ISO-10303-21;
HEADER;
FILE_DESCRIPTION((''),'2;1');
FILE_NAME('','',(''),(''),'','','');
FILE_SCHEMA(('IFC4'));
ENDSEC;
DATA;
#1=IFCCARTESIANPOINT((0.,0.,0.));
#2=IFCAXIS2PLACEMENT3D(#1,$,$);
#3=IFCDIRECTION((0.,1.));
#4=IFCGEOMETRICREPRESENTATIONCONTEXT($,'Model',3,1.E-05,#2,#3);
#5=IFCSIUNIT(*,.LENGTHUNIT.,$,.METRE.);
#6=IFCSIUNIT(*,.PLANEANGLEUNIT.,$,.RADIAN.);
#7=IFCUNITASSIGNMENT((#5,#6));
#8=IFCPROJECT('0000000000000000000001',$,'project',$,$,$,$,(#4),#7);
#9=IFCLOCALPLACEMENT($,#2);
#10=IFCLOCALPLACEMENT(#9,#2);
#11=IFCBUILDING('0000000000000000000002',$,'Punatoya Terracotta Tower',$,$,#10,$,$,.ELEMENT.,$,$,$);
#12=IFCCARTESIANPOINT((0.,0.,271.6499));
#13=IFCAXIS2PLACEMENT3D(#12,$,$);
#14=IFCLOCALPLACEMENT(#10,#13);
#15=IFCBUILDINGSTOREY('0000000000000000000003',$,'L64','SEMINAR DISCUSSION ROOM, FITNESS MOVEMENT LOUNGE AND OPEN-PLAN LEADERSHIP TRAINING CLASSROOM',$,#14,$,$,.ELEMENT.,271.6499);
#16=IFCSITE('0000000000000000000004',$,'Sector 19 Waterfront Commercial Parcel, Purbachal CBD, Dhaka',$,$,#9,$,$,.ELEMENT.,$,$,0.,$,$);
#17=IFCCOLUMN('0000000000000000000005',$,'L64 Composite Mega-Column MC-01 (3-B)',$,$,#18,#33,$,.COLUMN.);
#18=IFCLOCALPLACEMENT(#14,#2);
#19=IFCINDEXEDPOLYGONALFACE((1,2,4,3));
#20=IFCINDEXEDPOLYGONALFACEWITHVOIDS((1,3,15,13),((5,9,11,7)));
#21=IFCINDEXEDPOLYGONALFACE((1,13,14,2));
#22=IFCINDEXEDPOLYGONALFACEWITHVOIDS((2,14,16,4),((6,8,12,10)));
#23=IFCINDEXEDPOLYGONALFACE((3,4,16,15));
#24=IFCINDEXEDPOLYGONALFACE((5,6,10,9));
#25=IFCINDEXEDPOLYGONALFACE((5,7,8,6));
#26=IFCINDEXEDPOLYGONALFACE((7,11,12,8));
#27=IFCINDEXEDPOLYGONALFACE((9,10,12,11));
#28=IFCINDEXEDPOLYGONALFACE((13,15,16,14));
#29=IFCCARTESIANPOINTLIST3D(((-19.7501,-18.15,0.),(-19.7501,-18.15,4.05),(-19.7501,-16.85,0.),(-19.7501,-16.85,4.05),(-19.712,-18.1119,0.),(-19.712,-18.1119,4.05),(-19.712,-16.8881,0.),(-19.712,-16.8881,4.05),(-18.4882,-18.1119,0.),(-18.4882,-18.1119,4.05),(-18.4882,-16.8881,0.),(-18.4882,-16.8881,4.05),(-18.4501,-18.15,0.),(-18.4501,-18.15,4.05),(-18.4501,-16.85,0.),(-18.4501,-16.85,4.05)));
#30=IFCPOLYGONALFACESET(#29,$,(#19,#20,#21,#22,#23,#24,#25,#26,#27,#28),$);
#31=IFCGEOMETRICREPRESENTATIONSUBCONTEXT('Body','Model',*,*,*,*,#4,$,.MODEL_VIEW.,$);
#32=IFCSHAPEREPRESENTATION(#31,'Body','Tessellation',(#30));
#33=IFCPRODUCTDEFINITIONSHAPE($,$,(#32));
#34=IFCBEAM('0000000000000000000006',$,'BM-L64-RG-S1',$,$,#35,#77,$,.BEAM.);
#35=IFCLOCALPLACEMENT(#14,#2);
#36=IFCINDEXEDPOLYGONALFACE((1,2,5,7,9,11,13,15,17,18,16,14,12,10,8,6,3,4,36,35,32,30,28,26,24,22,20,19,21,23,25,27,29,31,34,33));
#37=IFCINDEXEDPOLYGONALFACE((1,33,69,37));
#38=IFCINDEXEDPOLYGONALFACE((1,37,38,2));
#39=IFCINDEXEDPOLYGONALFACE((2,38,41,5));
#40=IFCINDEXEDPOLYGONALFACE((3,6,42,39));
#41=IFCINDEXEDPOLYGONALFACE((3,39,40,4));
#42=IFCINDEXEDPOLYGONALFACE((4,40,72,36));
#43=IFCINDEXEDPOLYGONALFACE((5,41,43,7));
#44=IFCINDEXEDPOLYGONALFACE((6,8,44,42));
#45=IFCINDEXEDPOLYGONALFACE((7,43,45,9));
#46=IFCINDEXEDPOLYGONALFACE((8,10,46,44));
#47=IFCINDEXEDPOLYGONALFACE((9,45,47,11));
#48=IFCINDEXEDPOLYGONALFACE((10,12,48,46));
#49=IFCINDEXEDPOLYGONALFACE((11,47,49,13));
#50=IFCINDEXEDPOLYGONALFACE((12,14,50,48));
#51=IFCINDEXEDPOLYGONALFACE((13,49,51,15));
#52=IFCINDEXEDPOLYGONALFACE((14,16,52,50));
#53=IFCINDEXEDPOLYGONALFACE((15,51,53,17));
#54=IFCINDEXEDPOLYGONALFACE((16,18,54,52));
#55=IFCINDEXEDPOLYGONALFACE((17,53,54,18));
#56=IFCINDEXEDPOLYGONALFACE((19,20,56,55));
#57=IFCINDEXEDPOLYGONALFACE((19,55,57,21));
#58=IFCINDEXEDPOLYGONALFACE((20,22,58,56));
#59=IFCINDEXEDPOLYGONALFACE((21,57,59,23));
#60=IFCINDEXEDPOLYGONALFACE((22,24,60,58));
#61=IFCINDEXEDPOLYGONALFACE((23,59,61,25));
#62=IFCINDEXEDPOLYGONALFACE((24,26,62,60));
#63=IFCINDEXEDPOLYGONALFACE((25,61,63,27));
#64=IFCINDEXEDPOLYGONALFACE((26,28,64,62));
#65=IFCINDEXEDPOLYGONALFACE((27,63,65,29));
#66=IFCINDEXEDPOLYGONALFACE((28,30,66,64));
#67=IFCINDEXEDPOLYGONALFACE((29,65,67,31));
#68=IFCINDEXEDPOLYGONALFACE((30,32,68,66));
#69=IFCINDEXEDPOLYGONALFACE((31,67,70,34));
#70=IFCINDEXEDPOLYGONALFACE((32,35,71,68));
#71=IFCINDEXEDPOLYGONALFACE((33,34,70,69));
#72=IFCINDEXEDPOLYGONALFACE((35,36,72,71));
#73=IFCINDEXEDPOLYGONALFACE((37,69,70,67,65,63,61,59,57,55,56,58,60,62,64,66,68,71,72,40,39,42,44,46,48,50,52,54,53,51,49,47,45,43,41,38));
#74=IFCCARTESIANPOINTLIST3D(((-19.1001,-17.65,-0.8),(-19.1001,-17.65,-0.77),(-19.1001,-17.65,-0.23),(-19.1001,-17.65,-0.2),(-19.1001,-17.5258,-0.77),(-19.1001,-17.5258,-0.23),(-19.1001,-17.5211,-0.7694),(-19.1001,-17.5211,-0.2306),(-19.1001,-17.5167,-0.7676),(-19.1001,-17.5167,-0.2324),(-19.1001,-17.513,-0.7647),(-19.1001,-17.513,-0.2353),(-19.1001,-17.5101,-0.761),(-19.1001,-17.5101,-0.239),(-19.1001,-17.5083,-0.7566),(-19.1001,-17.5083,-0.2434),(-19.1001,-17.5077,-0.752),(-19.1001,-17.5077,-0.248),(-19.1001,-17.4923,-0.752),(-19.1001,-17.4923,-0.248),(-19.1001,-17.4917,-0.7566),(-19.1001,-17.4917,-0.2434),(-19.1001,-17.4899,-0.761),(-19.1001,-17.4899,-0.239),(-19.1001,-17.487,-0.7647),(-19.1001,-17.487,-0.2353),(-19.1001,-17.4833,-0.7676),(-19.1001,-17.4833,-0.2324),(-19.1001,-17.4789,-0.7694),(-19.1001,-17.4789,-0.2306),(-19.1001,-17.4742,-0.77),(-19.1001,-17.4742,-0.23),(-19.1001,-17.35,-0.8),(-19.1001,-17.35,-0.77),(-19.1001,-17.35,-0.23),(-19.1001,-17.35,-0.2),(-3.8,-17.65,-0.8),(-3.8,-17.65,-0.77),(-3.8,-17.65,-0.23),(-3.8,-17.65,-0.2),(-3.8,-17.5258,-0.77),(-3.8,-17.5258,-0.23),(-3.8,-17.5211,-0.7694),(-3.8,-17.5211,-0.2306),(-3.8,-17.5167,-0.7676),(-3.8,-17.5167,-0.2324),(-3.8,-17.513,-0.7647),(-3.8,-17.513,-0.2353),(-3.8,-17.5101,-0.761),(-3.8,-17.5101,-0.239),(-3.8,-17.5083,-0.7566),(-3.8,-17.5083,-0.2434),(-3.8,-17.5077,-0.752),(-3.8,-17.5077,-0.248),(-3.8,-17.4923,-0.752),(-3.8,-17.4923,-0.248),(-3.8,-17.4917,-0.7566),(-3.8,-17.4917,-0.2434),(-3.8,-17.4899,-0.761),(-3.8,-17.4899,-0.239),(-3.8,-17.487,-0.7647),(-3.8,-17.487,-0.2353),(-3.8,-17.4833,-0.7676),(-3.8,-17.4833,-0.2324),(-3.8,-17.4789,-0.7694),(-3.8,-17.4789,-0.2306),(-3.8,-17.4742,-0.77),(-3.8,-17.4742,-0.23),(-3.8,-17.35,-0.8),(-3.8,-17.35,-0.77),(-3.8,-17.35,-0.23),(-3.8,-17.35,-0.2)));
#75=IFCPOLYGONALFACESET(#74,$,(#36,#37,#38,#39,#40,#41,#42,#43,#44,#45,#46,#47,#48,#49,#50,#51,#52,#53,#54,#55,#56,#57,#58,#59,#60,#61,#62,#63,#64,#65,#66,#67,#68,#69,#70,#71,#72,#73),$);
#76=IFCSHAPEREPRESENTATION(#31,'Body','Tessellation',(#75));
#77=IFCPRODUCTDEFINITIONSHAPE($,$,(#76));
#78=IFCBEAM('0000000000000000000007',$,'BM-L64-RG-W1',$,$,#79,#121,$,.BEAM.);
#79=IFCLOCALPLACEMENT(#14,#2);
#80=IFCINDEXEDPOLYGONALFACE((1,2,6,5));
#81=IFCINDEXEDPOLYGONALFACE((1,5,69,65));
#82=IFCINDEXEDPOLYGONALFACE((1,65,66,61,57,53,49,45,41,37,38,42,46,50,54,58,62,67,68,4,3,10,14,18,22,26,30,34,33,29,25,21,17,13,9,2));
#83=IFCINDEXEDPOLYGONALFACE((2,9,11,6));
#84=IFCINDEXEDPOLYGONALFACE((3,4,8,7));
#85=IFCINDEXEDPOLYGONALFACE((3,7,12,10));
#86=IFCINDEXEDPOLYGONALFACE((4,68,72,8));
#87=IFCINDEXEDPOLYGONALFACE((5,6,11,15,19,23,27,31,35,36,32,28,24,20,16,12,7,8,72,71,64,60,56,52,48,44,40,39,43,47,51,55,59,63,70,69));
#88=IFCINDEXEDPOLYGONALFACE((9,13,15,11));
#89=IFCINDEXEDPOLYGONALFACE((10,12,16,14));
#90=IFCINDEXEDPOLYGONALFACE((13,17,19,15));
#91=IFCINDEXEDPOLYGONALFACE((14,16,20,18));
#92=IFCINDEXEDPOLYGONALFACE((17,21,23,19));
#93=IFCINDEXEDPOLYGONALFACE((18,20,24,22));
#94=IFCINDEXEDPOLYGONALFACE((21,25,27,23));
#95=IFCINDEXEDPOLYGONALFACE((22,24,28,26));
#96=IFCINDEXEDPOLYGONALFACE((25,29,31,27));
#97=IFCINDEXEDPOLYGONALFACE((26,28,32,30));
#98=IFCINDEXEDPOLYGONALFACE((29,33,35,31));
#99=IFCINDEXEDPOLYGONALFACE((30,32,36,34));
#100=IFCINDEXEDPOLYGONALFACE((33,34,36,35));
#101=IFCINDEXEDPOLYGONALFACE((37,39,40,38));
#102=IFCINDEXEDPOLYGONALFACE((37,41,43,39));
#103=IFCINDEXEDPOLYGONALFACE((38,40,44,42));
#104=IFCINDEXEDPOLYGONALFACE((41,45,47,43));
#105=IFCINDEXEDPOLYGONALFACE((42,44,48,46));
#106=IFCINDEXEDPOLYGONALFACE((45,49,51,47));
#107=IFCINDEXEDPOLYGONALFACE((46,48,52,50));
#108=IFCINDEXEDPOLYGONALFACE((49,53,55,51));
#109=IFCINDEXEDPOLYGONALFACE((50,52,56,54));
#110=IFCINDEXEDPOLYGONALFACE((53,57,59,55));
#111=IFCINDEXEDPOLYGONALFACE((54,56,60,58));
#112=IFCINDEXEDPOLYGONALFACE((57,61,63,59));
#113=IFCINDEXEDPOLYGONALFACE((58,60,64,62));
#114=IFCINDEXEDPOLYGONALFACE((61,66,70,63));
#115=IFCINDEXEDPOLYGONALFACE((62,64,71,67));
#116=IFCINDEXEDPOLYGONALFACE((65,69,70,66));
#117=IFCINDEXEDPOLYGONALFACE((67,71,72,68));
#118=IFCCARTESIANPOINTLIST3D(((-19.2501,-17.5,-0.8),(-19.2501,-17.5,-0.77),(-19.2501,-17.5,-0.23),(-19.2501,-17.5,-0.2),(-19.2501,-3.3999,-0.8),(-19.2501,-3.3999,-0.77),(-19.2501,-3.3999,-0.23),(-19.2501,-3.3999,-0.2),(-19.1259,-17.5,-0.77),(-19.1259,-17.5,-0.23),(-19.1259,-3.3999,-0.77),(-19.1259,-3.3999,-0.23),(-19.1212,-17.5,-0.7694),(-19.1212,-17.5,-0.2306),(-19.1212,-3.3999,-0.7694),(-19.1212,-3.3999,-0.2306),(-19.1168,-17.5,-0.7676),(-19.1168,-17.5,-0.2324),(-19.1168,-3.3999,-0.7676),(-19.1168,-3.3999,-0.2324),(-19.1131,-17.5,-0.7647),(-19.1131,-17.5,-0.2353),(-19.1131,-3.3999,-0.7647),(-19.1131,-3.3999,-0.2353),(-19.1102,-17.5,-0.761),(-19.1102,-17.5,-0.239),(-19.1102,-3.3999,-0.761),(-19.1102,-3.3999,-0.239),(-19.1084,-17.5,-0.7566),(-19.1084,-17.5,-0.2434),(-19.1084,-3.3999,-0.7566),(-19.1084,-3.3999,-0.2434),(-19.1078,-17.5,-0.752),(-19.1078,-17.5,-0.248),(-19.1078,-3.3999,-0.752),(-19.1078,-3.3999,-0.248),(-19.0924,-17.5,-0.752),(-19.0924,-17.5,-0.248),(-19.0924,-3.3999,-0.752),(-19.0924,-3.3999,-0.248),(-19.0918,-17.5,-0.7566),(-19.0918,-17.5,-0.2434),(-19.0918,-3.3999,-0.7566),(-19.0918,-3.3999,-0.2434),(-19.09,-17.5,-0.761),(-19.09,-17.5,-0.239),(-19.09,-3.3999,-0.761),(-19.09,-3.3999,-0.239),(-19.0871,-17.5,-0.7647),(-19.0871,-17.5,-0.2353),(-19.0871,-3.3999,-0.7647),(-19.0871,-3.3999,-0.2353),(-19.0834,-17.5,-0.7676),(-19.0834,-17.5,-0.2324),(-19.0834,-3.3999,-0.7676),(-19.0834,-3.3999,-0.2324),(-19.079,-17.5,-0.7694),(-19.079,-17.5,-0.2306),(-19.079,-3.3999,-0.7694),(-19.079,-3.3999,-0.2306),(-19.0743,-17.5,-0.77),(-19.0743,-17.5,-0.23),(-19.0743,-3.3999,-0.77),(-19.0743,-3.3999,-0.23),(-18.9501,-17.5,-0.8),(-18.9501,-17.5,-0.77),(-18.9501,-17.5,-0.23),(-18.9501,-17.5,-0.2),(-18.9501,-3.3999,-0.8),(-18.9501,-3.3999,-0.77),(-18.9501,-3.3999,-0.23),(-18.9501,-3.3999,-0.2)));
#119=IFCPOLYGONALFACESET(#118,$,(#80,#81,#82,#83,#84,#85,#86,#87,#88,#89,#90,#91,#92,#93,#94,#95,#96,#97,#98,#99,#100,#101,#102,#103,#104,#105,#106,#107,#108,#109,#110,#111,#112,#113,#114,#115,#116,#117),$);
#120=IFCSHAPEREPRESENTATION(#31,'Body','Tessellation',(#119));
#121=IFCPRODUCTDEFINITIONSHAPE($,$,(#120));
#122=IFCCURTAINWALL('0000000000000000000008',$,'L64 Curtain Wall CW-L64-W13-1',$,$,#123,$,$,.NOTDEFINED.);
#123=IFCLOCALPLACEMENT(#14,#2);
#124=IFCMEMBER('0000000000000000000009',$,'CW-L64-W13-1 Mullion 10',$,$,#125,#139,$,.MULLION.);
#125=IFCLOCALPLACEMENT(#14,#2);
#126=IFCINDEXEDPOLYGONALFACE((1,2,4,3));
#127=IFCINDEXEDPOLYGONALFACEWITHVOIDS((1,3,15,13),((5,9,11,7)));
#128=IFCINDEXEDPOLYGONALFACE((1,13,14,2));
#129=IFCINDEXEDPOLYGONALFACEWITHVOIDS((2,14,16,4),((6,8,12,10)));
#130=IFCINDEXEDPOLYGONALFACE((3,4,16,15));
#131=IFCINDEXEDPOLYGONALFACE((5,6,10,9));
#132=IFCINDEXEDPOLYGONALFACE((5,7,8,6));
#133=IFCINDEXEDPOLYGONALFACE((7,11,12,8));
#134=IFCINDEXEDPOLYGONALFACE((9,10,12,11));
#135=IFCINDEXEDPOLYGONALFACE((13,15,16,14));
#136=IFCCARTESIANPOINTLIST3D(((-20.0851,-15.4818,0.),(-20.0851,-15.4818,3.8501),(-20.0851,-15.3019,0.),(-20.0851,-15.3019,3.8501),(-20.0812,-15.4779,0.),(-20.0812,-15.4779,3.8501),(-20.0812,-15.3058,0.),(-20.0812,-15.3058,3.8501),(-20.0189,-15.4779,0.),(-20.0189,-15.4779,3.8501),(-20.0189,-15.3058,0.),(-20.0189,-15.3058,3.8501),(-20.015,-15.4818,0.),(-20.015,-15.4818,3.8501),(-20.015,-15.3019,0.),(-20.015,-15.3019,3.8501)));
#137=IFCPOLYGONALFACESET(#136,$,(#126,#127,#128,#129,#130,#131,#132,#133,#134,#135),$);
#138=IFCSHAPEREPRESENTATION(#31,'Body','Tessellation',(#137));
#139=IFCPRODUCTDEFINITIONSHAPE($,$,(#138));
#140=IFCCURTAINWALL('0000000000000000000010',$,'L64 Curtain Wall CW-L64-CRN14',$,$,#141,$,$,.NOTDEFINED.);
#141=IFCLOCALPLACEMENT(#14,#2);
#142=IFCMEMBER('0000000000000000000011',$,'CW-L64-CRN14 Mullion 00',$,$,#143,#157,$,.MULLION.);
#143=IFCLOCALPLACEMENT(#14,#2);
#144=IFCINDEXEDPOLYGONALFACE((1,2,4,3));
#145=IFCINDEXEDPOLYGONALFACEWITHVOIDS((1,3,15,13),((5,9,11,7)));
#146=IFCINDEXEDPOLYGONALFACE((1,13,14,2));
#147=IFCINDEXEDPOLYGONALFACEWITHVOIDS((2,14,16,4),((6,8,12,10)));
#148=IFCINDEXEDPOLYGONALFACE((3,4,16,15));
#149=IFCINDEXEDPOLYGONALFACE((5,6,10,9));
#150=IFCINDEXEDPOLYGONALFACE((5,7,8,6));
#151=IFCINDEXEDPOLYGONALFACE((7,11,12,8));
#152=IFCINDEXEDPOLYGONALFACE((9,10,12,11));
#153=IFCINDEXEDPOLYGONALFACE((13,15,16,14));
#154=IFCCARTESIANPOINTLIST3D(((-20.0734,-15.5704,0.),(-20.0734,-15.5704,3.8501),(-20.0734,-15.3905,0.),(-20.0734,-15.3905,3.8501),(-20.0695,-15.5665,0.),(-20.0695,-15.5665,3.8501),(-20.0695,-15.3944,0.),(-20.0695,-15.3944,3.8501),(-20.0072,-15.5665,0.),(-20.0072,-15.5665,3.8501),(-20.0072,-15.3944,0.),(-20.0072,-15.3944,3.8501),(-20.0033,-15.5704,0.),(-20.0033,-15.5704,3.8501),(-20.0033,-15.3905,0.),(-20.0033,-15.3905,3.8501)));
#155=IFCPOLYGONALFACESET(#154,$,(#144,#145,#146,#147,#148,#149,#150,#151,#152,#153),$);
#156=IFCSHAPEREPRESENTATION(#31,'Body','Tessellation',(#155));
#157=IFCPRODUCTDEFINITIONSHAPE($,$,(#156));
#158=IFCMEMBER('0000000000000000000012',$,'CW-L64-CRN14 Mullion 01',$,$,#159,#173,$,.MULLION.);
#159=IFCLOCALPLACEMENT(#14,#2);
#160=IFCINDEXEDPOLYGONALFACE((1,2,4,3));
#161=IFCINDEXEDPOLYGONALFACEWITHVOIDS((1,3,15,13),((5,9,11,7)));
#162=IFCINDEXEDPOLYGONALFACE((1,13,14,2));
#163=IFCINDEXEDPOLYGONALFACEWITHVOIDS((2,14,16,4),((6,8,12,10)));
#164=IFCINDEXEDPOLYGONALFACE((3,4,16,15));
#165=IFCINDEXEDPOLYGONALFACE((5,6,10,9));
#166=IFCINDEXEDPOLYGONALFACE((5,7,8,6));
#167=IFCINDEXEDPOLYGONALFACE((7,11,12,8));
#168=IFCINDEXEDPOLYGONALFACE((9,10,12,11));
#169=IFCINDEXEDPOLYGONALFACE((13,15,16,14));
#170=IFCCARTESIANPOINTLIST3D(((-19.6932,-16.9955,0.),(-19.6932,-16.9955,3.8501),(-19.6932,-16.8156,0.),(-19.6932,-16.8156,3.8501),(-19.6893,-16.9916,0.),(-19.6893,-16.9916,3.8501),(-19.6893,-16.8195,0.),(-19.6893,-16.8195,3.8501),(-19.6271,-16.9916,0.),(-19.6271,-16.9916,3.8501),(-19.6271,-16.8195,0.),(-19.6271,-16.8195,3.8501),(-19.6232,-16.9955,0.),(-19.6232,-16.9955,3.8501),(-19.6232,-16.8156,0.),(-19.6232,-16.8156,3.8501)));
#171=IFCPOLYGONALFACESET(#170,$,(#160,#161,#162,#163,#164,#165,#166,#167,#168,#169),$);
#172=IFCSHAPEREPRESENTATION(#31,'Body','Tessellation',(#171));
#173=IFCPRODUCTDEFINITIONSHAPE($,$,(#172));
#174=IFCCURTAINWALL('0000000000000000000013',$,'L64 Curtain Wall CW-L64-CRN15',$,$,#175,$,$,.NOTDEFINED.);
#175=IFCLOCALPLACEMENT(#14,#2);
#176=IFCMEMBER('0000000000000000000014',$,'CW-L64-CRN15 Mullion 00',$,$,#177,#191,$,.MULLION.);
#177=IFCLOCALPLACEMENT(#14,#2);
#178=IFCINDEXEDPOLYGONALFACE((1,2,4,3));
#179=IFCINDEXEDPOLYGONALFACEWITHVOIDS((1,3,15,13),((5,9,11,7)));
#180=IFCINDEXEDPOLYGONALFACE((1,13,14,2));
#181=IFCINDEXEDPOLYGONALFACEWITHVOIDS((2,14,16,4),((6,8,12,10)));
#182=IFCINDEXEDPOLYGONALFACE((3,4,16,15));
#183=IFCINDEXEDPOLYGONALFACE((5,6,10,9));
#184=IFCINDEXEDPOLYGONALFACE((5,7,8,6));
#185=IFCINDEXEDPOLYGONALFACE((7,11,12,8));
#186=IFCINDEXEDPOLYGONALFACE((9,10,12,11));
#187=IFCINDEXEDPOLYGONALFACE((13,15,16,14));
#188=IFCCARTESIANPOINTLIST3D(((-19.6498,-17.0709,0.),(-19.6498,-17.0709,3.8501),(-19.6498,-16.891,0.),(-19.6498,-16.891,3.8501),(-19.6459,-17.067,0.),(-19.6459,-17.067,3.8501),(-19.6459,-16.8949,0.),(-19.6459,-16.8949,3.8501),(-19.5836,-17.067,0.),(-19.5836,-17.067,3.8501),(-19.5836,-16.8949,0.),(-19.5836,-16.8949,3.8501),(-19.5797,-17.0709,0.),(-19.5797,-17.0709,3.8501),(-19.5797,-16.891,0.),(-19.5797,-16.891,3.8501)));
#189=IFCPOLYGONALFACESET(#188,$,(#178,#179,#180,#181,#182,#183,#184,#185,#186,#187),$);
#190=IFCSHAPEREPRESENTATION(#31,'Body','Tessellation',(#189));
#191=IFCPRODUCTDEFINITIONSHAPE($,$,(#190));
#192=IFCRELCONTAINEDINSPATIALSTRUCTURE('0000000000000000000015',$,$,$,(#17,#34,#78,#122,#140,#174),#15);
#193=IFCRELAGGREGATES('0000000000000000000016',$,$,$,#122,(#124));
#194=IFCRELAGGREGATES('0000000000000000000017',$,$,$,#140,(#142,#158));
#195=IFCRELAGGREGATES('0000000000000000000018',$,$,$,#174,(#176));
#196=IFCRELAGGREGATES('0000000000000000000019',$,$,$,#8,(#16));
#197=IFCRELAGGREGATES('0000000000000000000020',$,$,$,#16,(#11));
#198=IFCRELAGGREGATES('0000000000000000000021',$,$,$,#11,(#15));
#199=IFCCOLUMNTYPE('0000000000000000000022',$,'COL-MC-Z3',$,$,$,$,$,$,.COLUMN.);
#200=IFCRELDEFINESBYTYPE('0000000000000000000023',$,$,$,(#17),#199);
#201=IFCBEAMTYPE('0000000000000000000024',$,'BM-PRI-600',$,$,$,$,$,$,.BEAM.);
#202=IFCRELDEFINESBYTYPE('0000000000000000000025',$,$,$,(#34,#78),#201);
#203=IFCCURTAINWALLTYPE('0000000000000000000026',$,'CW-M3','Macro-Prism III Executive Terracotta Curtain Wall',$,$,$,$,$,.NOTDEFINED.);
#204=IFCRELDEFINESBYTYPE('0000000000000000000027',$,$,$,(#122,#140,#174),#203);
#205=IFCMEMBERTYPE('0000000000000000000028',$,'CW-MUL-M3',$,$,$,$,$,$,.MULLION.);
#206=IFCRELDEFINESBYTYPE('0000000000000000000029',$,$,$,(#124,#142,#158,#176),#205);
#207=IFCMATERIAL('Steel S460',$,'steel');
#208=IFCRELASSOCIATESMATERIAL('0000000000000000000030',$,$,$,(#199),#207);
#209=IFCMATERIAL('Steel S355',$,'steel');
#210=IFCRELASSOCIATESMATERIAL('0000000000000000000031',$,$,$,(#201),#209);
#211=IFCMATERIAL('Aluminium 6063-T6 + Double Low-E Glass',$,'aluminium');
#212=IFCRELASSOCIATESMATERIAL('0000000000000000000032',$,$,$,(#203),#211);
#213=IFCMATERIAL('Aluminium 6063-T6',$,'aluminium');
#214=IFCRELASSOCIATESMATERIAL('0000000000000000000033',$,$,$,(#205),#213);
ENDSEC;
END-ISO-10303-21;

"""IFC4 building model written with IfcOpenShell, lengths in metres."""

from ifc_helpers import new_model, si_unit, direction, frame, origin, origin_2d, place, context, subcontext, project, spatial, hollow_rectangle, i_section, extrude, material, material_profile, profile_set, type_object, element, aggregate, save


model = new_model("IFC4")

# Units and contexts
model_context = context("Model", 3, precision=1e-05, world=origin(), true_north=direction((0.0, 1.0)))
body_context = subcontext(model_context, "Body", "Model", "MODEL_VIEW")
ifc_project = project(units=[si_unit("LENGTHUNIT", "METRE"), si_unit("PLANEANGLEUNIT", "RADIAN")], contexts=[model_context])

# Site, building, storey
site_placement = place(None, origin())
site = spatial("IfcSite", under=ifc_project, at=site_placement, Name="Sector 19 Waterfront Commercial Parcel, Purbachal CBD, Dhaka", CompositionType="ELEMENT", RefElevation=0.0)
building_placement = place(site_placement, origin())
building = spatial("IfcBuilding", under=site, at=building_placement, Name="Punatoya Terracotta Tower", CompositionType="ELEMENT")
storey_placement = place(building_placement, frame((0.0, 0.0, 271.6499)))
storey = spatial("IfcBuildingStorey", under=building, at=storey_placement, Name="L64", Description="SEMINAR DISCUSSION ROOM, FITNESS MOVEMENT LOUNGE AND OPEN-PLAN LEADERSHIP TRAINING CLASSROOM", CompositionType="ELEMENT", Elevation=271.6499)

# Column
ifc_material_1 = material(Name="Steel S460", Category="steel")
ifc_material_profile_1 = material_profile(ifc_material_1, hollow_rectangle(XDim=1.3, YDim=1.3, WallThickness=0.0381, at=origin_2d()))
ifc_profile_set_1 = profile_set([ifc_material_profile_1], Name="Steel S460")
column_type = type_object("IfcColumnType", Name="COL-MC-Z3", PredefinedType="COLUMN", material=ifc_profile_set_1)
column_placement = place(storey_placement, frame((-19.1001, -17.5, 0.0), z_axis=(0.0, 0.0, 1.0), x_axis=(1.0, 0.0, 0.0)))
element("IfcColumn", 1, at=column_placement, inside=storey, type_object=column_type, Name="L64 Composite Mega-Column MC-01 (3-B)", PredefinedType="COLUMN", context=body_context, shape_type="SweptSolid", body=[
    extrude(hollow_rectangle(XDim=1.3, YDim=1.3, WallThickness=0.0381, at=origin_2d()), origin(), (0.0, 0.0, 1.0), 4.05),
])

# Beams
ifc_material_2 = material(Name="Steel S355", Category="steel")
ifc_material_profile_2 = material_profile(ifc_material_2, i_section(OverallWidth=0.3, OverallDepth=0.6001, WebThickness=0.0154, FlangeThickness=0.03, FilletRadius=0.0181, at=origin_2d()))
ifc_profile_set_2 = profile_set([ifc_material_profile_2], Name="Steel S355")
beam_type = type_object("IfcBeamType", Name="BM-PRI-600", PredefinedType="BEAM", material=ifc_profile_set_2)
beam_1_placement = place(storey_placement, frame((-19.1001, -17.5, -0.5), z_axis=(1.0, 0.0, 0.0), x_axis=(0.0, 1.0, 0.0)))
element("IfcBeam", 2, at=beam_1_placement, inside=storey, type_object=beam_type, Name="BM-L64-RG-S1", PredefinedType="BEAM", context=body_context, shape_type="SweptSolid", body=[
    extrude(i_section(OverallWidth=0.3, OverallDepth=0.6001, WebThickness=0.0154, FlangeThickness=0.03, FilletRadius=0.0181, at=origin_2d()), origin(), (0.0, 0.0, 1.0), 15.3),
])
beam_2_placement = place(storey_placement, frame((-19.1001, -17.5, -0.5), z_axis=(0.0, 1.0, 0.0), x_axis=(-1.0, 0.0, 0.0)))
element("IfcBeam", 3, at=beam_2_placement, inside=storey, type_object=beam_type, Name="BM-L64-RG-W1", PredefinedType="BEAM", context=body_context, shape_type="SweptSolid", body=[
    extrude(i_section(OverallWidth=0.3, OverallDepth=0.6001, WebThickness=0.0154, FlangeThickness=0.03, FilletRadius=0.0181, at=origin_2d()), origin(), (0.0, 0.0, 1.0), 14.1001),
])

# Curtain wall, member
ifc_material_3 = material(Name="Aluminium 6063-T6 + Double Low-E Glass", Category="aluminium")
curtain_wall_type = type_object("IfcCurtainWallType", Name="CW-M3", Description="Macro-Prism III Executive Terracotta Curtain Wall", PredefinedType="NOTDEFINED", material=ifc_material_3)
curtain_wall_1_placement = place(storey_placement, origin())
curtain_wall_1 = element("IfcCurtainWall", 4, at=curtain_wall_1_placement, inside=storey, type_object=curtain_wall_type, Name="L64 Curtain Wall CW-L64-W13-1", PredefinedType="NOTDEFINED")
ifc_material_4 = material(Name="Aluminium 6063-T6", Category="aluminium")
ifc_material_profile_3 = material_profile(ifc_material_4, hollow_rectangle(XDim=0.0701, YDim=0.1799, WallThickness=0.0039, at=origin_2d()))
ifc_profile_set_3 = profile_set([ifc_material_profile_3], Name="Aluminium 6063-T6")
member_type_1 = type_object("IfcMemberType", Name="CW-MUL-M3", PredefinedType="MULLION", material=ifc_profile_set_3)
member_1_placement = place(storey_placement, frame((-20.05, -15.3918, 0.0), z_axis=(0.0, 0.0, 1.0), x_axis=(1.0, 0.0, 0.0)))
member_1 = element("IfcMember", 5, at=member_1_placement, type_object=member_type_1, Name="CW-L64-W13-1 Mullion 10", PredefinedType="MULLION", context=body_context, shape_type="SweptSolid", body=[
    extrude(hollow_rectangle(XDim=0.0701, YDim=0.1799, WallThickness=0.0039, at=origin_2d()), origin(), (0.0, 0.0, 1.0), 3.8501),
])
aggregate(curtain_wall_1, [member_1])

# Curtain walls, members
curtain_wall_2_placement = place(storey_placement, origin())
curtain_wall_2 = element("IfcCurtainWall", 6, at=curtain_wall_2_placement, inside=storey, type_object=curtain_wall_type, Name="L64 Curtain Wall CW-L64-CRN14", PredefinedType="NOTDEFINED")
member_2_placement = place(storey_placement, frame((-20.0383, -15.4805, 0.0), z_axis=(0.0, 0.0, 1.0), x_axis=(1.0, 0.0, 0.0)))
member_2 = element("IfcMember", 7, at=member_2_placement, type_object=member_type_1, Name="CW-L64-CRN14 Mullion 00", PredefinedType="MULLION", context=body_context, shape_type="SweptSolid", body=[
    extrude(hollow_rectangle(XDim=0.0701, YDim=0.1799, WallThickness=0.0039, at=origin_2d()), origin(), (0.0, 0.0, 1.0), 3.8501),
])
member_3_placement = place(storey_placement, frame((-19.6582, -16.9055, 0.0), z_axis=(0.0, 0.0, 1.0), x_axis=(1.0, 0.0, 0.0)))
member_3 = element("IfcMember", 8, at=member_3_placement, type_object=member_type_1, Name="CW-L64-CRN14 Mullion 01", PredefinedType="MULLION", context=body_context, shape_type="SweptSolid", body=[
    extrude(hollow_rectangle(XDim=0.0701, YDim=0.1799, WallThickness=0.0039, at=origin_2d()), origin(), (0.0, 0.0, 1.0), 3.8501),
])
curtain_wall_3_placement = place(storey_placement, origin())
curtain_wall_3 = element("IfcCurtainWall", 9, at=curtain_wall_3_placement, inside=storey, type_object=curtain_wall_type, Name="L64 Curtain Wall CW-L64-CRN15", PredefinedType="NOTDEFINED")
member_4_placement = place(storey_placement, frame((-19.6147, -16.981, 0.0), z_axis=(0.0, 0.0, 1.0), x_axis=(1.0, 0.0, 0.0)))
member_4 = element("IfcMember", 10, at=member_4_placement, type_object=member_type_1, Name="CW-L64-CRN15 Mullion 00", PredefinedType="MULLION", context=body_context, shape_type="SweptSolid", body=[
    extrude(hollow_rectangle(XDim=0.0701, YDim=0.1799, WallThickness=0.0039, at=origin_2d()), origin(), (0.0, 0.0, 1.0), 3.8501),
])

aggregate(curtain_wall_2, [member_2, member_3])
aggregate(curtain_wall_3, [member_4])

save(model, "model.ifc")
